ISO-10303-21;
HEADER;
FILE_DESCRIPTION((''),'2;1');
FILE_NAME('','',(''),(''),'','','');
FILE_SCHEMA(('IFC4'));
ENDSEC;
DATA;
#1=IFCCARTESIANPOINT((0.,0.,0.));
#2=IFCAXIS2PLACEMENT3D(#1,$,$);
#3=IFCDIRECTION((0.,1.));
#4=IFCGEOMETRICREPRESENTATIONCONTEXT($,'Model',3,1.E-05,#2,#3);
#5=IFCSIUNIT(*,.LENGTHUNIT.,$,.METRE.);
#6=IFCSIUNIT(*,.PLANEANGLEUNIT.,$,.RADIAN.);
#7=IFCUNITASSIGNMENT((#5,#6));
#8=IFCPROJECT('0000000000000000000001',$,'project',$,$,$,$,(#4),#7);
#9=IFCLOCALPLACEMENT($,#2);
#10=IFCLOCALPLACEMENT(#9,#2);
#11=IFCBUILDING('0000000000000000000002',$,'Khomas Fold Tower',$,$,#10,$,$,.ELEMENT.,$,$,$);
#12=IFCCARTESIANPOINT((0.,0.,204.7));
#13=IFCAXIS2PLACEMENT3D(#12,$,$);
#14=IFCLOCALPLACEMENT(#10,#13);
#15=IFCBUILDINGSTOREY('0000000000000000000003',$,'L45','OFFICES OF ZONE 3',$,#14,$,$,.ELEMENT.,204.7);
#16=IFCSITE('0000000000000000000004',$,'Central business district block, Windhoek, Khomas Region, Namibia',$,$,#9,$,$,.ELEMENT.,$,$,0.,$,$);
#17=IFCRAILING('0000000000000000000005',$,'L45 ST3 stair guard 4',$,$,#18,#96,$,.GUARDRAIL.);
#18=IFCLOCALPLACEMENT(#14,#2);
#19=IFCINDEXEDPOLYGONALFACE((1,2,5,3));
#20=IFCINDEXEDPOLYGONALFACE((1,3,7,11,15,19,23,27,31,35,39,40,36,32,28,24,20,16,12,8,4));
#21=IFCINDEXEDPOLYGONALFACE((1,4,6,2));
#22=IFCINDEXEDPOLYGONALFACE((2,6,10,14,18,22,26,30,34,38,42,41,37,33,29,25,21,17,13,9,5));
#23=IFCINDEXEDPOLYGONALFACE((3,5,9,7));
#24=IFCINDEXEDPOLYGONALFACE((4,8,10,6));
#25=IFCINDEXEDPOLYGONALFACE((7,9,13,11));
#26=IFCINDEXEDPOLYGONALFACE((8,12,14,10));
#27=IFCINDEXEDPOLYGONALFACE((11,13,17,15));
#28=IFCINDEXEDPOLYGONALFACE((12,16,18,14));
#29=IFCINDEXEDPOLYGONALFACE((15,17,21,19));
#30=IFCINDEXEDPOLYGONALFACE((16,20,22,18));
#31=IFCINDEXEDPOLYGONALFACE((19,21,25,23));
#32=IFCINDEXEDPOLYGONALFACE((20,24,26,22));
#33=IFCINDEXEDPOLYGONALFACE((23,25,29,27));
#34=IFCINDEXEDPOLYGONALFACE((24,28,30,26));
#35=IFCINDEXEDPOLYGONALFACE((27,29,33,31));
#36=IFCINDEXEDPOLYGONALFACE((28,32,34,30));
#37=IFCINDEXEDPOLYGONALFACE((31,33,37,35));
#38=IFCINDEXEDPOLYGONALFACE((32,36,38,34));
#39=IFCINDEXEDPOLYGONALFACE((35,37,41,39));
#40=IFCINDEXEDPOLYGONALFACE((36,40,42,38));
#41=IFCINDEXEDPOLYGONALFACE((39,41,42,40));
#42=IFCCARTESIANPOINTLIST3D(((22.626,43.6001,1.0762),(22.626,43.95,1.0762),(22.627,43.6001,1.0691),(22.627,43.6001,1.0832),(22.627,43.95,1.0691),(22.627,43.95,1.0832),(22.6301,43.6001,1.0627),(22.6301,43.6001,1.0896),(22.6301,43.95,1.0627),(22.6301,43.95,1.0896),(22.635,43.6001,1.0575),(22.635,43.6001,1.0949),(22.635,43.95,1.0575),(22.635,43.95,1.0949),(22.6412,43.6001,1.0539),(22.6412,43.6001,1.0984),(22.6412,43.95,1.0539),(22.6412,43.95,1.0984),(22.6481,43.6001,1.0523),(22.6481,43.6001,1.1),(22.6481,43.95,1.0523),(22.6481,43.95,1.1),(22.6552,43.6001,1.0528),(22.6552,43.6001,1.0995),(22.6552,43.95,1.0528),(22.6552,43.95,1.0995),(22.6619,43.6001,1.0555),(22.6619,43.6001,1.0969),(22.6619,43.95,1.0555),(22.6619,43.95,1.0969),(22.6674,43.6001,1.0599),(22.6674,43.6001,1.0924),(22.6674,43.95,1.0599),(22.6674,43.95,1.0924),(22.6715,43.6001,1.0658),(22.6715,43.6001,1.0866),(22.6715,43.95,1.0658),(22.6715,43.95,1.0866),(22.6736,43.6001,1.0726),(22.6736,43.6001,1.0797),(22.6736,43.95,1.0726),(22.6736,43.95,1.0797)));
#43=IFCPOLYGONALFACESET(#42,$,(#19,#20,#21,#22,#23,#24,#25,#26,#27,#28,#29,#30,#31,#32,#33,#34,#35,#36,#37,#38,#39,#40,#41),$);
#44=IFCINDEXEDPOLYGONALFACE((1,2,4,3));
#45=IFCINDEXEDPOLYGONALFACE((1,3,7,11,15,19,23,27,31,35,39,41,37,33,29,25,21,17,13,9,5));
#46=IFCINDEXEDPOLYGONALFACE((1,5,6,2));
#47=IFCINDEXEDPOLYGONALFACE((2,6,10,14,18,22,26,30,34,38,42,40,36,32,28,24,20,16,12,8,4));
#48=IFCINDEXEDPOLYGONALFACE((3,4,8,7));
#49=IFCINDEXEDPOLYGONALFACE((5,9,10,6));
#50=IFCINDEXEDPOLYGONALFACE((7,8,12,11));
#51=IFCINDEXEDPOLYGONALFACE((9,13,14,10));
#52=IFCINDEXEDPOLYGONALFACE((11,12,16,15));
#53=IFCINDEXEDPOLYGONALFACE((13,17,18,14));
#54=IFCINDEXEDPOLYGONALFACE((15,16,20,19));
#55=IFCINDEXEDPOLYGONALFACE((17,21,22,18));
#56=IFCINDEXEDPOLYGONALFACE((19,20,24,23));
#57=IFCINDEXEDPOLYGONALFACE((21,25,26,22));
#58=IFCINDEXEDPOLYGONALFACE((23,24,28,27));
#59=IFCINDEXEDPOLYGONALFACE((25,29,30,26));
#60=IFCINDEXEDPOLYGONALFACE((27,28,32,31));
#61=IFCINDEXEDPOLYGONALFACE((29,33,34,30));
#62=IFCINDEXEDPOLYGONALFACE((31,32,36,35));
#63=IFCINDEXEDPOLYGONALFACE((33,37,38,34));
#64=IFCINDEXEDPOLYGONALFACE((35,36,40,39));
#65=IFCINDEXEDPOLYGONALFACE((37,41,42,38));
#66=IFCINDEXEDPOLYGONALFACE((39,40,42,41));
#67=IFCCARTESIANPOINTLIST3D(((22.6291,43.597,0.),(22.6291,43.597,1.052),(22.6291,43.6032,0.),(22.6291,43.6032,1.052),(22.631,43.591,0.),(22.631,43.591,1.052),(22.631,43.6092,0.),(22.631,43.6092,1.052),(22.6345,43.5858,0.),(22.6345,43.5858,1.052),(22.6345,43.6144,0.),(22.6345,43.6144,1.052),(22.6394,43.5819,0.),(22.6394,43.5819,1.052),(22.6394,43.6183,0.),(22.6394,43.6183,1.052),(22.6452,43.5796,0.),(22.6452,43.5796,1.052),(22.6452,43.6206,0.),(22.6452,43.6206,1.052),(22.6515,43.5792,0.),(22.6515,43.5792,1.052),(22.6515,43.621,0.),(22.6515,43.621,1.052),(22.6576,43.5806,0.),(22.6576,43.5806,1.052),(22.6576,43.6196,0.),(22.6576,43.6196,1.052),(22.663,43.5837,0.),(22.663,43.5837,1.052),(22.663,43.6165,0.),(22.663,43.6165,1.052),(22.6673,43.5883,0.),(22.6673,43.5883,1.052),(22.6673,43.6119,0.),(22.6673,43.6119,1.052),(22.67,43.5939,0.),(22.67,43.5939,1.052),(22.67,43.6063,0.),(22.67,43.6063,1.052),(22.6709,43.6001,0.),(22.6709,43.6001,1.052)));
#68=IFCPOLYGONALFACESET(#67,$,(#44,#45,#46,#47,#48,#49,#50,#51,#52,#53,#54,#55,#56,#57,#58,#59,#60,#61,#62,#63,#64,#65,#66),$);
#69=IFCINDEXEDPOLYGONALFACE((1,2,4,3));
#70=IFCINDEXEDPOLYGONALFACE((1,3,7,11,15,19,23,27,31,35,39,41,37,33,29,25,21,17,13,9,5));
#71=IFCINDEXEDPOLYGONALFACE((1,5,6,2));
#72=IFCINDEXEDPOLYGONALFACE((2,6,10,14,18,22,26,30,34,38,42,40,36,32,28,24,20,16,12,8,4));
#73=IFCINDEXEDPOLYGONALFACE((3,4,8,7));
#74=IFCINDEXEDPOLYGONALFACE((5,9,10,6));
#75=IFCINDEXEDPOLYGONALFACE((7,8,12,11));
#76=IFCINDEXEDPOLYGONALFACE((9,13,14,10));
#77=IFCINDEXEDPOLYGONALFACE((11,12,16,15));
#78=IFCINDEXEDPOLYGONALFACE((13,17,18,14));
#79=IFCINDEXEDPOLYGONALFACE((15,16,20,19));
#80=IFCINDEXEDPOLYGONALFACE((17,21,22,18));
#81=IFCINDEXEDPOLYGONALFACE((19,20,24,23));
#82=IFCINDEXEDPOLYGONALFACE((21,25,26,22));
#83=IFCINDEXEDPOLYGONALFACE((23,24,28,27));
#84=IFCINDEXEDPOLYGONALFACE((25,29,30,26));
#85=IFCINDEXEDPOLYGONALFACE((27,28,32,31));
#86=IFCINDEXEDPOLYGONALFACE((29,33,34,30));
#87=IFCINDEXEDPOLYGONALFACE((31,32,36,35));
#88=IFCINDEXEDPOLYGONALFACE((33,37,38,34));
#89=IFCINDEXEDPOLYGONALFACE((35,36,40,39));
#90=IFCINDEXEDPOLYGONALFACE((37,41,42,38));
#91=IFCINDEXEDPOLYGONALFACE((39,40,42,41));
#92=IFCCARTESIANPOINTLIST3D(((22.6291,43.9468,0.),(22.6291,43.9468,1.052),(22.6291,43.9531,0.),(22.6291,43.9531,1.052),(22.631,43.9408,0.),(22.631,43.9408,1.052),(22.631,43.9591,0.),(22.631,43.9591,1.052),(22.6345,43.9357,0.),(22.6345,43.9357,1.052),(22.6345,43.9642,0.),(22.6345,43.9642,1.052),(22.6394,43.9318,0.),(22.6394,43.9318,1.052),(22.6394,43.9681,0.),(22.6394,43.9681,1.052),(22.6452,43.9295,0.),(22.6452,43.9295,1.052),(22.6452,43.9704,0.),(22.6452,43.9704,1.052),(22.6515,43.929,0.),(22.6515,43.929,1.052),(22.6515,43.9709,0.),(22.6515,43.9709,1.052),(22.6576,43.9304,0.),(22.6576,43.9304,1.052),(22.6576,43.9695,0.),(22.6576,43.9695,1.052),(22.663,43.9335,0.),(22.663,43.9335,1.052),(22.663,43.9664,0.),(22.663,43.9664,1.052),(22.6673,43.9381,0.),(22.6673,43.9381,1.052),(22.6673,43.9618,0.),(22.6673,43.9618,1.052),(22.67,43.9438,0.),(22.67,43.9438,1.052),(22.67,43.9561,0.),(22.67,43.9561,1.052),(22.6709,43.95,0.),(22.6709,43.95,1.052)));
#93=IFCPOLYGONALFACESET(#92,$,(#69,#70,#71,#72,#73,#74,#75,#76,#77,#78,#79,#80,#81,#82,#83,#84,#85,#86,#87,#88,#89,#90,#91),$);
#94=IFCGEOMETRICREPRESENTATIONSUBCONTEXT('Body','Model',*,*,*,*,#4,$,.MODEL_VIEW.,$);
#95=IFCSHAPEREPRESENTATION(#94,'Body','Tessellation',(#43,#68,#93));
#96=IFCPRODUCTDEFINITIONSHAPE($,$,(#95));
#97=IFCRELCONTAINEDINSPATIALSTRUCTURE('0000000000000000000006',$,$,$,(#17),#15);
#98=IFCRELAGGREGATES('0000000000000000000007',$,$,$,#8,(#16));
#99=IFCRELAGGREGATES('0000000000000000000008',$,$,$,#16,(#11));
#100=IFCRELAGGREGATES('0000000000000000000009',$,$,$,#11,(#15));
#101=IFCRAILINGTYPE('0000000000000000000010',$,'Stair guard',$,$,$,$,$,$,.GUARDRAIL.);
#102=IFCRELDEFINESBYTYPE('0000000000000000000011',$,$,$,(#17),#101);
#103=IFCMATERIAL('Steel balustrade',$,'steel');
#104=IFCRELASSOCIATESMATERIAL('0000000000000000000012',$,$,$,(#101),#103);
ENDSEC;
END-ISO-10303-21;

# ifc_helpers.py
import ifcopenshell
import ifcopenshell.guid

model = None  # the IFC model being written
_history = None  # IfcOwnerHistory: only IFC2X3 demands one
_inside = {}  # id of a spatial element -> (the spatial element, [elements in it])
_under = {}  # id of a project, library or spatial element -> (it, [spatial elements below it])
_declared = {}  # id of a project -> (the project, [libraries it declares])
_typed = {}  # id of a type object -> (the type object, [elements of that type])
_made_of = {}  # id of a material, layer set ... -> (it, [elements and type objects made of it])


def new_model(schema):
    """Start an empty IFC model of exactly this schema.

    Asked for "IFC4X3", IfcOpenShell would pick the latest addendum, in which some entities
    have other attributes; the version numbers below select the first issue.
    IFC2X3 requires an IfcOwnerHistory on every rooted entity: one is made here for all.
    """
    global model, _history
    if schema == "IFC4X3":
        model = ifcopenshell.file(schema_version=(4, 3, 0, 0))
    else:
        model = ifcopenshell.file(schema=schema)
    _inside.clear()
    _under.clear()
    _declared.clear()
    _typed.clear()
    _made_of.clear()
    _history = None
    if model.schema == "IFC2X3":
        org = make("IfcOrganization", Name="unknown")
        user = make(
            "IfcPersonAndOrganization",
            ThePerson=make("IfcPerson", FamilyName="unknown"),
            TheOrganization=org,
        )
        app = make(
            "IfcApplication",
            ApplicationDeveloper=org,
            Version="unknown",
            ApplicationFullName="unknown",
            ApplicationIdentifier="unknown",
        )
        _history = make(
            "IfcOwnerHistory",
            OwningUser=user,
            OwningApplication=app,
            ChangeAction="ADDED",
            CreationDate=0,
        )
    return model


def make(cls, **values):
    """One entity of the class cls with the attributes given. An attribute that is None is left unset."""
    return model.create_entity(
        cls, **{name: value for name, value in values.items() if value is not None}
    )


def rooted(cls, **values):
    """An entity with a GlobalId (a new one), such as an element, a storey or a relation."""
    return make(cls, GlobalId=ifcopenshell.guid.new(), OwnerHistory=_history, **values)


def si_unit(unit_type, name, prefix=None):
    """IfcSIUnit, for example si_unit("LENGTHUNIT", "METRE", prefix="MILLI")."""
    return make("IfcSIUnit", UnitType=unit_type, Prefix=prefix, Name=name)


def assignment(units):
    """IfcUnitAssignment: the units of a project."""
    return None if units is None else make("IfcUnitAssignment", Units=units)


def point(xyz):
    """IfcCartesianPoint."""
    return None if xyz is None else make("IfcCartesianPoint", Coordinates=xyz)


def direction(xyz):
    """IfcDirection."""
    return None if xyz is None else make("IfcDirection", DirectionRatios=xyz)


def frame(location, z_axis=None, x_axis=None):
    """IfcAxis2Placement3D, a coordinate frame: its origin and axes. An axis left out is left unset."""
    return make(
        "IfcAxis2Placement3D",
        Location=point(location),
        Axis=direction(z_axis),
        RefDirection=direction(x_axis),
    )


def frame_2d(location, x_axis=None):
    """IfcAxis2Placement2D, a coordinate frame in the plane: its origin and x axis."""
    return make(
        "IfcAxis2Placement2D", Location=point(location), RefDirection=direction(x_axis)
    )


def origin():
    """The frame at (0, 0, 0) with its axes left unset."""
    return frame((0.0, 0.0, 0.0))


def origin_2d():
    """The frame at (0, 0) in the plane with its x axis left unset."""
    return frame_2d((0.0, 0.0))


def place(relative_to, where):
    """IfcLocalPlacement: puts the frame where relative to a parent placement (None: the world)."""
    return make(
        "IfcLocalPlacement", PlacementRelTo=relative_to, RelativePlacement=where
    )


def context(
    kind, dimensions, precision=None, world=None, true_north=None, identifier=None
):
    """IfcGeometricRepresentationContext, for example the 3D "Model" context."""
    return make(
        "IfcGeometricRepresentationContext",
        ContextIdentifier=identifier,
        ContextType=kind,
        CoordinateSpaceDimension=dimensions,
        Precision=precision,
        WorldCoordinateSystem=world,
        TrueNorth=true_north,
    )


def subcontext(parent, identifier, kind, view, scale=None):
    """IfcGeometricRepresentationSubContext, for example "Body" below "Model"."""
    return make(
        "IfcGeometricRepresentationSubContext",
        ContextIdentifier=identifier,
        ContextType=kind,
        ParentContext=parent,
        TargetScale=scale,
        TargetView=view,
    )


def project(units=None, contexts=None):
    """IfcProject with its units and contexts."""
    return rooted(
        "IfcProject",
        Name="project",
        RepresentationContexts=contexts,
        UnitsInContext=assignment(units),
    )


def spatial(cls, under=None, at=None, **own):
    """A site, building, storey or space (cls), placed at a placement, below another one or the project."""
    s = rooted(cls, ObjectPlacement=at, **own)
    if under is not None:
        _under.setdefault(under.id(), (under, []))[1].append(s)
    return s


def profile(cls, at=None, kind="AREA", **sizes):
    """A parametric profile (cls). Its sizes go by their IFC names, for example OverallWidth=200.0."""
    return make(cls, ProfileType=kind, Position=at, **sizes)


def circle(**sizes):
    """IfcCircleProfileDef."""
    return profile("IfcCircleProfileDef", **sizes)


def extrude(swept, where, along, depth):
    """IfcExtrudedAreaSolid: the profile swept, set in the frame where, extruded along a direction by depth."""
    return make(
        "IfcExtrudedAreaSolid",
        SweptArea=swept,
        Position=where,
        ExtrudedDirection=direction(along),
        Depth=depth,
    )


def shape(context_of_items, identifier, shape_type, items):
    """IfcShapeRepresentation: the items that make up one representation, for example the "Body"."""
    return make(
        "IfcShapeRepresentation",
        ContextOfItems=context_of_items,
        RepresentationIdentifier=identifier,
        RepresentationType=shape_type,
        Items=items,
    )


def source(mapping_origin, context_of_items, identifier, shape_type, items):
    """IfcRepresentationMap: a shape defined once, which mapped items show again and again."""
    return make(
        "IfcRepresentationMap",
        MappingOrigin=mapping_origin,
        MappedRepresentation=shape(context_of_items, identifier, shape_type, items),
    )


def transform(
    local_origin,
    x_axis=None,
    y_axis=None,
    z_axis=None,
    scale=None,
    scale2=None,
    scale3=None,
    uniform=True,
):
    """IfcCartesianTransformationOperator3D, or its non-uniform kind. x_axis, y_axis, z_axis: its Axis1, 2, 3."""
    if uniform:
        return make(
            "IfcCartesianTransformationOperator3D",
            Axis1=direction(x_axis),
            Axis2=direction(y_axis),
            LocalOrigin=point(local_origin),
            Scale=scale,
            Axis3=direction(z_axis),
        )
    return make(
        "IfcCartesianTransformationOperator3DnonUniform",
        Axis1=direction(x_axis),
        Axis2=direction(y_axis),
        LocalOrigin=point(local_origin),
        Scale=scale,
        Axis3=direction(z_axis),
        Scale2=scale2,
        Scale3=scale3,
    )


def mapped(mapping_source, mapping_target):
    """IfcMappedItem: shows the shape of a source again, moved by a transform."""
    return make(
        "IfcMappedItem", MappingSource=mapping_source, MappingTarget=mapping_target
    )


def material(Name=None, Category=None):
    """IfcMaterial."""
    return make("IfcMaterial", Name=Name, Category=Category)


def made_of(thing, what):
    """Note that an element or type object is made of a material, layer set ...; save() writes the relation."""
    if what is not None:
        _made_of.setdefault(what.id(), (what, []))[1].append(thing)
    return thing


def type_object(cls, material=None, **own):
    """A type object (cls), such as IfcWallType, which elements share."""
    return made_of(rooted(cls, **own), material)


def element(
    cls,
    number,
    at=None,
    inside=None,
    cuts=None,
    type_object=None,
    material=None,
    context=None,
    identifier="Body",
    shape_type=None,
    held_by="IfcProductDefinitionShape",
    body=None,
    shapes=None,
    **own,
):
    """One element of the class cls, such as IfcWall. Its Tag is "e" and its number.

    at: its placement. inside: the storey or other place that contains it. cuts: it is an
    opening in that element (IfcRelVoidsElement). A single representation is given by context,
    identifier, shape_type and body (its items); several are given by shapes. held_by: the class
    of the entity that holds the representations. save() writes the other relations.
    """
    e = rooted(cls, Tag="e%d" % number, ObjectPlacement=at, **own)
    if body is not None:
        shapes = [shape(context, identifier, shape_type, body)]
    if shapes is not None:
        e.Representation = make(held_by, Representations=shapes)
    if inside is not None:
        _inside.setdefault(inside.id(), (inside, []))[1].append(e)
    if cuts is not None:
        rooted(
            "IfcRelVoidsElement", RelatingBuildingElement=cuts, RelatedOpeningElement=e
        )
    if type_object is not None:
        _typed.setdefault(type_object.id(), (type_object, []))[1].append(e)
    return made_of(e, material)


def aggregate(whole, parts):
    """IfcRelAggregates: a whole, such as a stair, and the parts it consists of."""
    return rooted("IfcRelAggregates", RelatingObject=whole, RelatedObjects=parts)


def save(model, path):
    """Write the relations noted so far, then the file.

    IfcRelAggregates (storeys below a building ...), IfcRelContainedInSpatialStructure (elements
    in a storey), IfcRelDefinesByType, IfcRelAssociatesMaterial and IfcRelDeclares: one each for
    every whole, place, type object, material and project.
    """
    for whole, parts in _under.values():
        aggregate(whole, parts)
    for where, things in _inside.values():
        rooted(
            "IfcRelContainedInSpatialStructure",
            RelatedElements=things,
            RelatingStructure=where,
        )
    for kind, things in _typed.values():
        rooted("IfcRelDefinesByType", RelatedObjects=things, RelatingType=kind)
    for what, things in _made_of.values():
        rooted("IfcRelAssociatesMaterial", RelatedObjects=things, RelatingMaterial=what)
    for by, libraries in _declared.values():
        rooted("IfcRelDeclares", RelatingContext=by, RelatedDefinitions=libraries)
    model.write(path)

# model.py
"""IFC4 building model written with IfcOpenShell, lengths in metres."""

from ifc_helpers import new_model, si_unit, direction, frame, origin, origin_2d, place, context, subcontext, project, spatial, circle, extrude, source, transform, mapped, material, type_object, element, save


model = new_model("IFC4")

# Units and contexts
model_context = context("Model", 3, precision=1e-05, world=origin(), true_north=direction((0.0, 1.0)))
body_context = subcontext(model_context, "Body", "Model", "MODEL_VIEW")
ifc_project = project(units=[si_unit("LENGTHUNIT", "METRE"), si_unit("PLANEANGLEUNIT", "RADIAN")], contexts=[model_context])

# Site, building, storey
site_placement = place(None, origin())
site = spatial("IfcSite", under=ifc_project, at=site_placement, Name="Central business district block, Windhoek, Khomas Region, Namibia", CompositionType="ELEMENT", RefElevation=0.0)
building_placement = place(site_placement, origin())
building = spatial("IfcBuilding", under=site, at=building_placement, Name="Khomas Fold Tower", CompositionType="ELEMENT")
storey_placement = place(building_placement, frame((0.0, 0.0, 204.7)))
storey = spatial("IfcBuildingStorey", under=building, at=storey_placement, Name="L45", Description="OFFICES OF ZONE 3", CompositionType="ELEMENT", Elevation=204.7)

# Railing
ifc_material_1 = material(Name="Steel balustrade", Category="steel")
railing_type_1 = type_object("IfcRailingType", Name="Stair guard", PredefinedType="GUARDRAIL", material=ifc_material_1)
shared_shape_1 = source(origin(), body_context, "Body", "SweptSolid", [
    extrude(circle(Radius=0.0239, at=origin_2d()), frame((0.0, 0.0, 1.0762), z_axis=(0.0, 1.0, 0.0), x_axis=(-1.0, 0.0, 0.0)), (0.0, 0.0, 1.0), 0.3499),
    extrude(circle(Radius=0.021, at=origin_2d()), origin(), (0.0, 0.0, 1.0), 1.052),
    extrude(circle(Radius=0.021, at=origin_2d()), frame((0.0, 0.3499, 0.0)), (0.0, 0.0, 1.0), 1.052),
])
for number, where, name in (
    (1, (22.6499, 43.6001, 0.0), "L45 ST3 stair guard 4"),
):
    element("IfcRailing", number, at=place(storey_placement, frame(where)), inside=storey, type_object=railing_type_1, Name=name, PredefinedType="GUARDRAIL", context=body_context, shape_type="MappedRepresentation", body=[
        mapped(shared_shape_1, transform((0.0, 0.0, 0.0))),
    ])

save(model, "model.ifc")
